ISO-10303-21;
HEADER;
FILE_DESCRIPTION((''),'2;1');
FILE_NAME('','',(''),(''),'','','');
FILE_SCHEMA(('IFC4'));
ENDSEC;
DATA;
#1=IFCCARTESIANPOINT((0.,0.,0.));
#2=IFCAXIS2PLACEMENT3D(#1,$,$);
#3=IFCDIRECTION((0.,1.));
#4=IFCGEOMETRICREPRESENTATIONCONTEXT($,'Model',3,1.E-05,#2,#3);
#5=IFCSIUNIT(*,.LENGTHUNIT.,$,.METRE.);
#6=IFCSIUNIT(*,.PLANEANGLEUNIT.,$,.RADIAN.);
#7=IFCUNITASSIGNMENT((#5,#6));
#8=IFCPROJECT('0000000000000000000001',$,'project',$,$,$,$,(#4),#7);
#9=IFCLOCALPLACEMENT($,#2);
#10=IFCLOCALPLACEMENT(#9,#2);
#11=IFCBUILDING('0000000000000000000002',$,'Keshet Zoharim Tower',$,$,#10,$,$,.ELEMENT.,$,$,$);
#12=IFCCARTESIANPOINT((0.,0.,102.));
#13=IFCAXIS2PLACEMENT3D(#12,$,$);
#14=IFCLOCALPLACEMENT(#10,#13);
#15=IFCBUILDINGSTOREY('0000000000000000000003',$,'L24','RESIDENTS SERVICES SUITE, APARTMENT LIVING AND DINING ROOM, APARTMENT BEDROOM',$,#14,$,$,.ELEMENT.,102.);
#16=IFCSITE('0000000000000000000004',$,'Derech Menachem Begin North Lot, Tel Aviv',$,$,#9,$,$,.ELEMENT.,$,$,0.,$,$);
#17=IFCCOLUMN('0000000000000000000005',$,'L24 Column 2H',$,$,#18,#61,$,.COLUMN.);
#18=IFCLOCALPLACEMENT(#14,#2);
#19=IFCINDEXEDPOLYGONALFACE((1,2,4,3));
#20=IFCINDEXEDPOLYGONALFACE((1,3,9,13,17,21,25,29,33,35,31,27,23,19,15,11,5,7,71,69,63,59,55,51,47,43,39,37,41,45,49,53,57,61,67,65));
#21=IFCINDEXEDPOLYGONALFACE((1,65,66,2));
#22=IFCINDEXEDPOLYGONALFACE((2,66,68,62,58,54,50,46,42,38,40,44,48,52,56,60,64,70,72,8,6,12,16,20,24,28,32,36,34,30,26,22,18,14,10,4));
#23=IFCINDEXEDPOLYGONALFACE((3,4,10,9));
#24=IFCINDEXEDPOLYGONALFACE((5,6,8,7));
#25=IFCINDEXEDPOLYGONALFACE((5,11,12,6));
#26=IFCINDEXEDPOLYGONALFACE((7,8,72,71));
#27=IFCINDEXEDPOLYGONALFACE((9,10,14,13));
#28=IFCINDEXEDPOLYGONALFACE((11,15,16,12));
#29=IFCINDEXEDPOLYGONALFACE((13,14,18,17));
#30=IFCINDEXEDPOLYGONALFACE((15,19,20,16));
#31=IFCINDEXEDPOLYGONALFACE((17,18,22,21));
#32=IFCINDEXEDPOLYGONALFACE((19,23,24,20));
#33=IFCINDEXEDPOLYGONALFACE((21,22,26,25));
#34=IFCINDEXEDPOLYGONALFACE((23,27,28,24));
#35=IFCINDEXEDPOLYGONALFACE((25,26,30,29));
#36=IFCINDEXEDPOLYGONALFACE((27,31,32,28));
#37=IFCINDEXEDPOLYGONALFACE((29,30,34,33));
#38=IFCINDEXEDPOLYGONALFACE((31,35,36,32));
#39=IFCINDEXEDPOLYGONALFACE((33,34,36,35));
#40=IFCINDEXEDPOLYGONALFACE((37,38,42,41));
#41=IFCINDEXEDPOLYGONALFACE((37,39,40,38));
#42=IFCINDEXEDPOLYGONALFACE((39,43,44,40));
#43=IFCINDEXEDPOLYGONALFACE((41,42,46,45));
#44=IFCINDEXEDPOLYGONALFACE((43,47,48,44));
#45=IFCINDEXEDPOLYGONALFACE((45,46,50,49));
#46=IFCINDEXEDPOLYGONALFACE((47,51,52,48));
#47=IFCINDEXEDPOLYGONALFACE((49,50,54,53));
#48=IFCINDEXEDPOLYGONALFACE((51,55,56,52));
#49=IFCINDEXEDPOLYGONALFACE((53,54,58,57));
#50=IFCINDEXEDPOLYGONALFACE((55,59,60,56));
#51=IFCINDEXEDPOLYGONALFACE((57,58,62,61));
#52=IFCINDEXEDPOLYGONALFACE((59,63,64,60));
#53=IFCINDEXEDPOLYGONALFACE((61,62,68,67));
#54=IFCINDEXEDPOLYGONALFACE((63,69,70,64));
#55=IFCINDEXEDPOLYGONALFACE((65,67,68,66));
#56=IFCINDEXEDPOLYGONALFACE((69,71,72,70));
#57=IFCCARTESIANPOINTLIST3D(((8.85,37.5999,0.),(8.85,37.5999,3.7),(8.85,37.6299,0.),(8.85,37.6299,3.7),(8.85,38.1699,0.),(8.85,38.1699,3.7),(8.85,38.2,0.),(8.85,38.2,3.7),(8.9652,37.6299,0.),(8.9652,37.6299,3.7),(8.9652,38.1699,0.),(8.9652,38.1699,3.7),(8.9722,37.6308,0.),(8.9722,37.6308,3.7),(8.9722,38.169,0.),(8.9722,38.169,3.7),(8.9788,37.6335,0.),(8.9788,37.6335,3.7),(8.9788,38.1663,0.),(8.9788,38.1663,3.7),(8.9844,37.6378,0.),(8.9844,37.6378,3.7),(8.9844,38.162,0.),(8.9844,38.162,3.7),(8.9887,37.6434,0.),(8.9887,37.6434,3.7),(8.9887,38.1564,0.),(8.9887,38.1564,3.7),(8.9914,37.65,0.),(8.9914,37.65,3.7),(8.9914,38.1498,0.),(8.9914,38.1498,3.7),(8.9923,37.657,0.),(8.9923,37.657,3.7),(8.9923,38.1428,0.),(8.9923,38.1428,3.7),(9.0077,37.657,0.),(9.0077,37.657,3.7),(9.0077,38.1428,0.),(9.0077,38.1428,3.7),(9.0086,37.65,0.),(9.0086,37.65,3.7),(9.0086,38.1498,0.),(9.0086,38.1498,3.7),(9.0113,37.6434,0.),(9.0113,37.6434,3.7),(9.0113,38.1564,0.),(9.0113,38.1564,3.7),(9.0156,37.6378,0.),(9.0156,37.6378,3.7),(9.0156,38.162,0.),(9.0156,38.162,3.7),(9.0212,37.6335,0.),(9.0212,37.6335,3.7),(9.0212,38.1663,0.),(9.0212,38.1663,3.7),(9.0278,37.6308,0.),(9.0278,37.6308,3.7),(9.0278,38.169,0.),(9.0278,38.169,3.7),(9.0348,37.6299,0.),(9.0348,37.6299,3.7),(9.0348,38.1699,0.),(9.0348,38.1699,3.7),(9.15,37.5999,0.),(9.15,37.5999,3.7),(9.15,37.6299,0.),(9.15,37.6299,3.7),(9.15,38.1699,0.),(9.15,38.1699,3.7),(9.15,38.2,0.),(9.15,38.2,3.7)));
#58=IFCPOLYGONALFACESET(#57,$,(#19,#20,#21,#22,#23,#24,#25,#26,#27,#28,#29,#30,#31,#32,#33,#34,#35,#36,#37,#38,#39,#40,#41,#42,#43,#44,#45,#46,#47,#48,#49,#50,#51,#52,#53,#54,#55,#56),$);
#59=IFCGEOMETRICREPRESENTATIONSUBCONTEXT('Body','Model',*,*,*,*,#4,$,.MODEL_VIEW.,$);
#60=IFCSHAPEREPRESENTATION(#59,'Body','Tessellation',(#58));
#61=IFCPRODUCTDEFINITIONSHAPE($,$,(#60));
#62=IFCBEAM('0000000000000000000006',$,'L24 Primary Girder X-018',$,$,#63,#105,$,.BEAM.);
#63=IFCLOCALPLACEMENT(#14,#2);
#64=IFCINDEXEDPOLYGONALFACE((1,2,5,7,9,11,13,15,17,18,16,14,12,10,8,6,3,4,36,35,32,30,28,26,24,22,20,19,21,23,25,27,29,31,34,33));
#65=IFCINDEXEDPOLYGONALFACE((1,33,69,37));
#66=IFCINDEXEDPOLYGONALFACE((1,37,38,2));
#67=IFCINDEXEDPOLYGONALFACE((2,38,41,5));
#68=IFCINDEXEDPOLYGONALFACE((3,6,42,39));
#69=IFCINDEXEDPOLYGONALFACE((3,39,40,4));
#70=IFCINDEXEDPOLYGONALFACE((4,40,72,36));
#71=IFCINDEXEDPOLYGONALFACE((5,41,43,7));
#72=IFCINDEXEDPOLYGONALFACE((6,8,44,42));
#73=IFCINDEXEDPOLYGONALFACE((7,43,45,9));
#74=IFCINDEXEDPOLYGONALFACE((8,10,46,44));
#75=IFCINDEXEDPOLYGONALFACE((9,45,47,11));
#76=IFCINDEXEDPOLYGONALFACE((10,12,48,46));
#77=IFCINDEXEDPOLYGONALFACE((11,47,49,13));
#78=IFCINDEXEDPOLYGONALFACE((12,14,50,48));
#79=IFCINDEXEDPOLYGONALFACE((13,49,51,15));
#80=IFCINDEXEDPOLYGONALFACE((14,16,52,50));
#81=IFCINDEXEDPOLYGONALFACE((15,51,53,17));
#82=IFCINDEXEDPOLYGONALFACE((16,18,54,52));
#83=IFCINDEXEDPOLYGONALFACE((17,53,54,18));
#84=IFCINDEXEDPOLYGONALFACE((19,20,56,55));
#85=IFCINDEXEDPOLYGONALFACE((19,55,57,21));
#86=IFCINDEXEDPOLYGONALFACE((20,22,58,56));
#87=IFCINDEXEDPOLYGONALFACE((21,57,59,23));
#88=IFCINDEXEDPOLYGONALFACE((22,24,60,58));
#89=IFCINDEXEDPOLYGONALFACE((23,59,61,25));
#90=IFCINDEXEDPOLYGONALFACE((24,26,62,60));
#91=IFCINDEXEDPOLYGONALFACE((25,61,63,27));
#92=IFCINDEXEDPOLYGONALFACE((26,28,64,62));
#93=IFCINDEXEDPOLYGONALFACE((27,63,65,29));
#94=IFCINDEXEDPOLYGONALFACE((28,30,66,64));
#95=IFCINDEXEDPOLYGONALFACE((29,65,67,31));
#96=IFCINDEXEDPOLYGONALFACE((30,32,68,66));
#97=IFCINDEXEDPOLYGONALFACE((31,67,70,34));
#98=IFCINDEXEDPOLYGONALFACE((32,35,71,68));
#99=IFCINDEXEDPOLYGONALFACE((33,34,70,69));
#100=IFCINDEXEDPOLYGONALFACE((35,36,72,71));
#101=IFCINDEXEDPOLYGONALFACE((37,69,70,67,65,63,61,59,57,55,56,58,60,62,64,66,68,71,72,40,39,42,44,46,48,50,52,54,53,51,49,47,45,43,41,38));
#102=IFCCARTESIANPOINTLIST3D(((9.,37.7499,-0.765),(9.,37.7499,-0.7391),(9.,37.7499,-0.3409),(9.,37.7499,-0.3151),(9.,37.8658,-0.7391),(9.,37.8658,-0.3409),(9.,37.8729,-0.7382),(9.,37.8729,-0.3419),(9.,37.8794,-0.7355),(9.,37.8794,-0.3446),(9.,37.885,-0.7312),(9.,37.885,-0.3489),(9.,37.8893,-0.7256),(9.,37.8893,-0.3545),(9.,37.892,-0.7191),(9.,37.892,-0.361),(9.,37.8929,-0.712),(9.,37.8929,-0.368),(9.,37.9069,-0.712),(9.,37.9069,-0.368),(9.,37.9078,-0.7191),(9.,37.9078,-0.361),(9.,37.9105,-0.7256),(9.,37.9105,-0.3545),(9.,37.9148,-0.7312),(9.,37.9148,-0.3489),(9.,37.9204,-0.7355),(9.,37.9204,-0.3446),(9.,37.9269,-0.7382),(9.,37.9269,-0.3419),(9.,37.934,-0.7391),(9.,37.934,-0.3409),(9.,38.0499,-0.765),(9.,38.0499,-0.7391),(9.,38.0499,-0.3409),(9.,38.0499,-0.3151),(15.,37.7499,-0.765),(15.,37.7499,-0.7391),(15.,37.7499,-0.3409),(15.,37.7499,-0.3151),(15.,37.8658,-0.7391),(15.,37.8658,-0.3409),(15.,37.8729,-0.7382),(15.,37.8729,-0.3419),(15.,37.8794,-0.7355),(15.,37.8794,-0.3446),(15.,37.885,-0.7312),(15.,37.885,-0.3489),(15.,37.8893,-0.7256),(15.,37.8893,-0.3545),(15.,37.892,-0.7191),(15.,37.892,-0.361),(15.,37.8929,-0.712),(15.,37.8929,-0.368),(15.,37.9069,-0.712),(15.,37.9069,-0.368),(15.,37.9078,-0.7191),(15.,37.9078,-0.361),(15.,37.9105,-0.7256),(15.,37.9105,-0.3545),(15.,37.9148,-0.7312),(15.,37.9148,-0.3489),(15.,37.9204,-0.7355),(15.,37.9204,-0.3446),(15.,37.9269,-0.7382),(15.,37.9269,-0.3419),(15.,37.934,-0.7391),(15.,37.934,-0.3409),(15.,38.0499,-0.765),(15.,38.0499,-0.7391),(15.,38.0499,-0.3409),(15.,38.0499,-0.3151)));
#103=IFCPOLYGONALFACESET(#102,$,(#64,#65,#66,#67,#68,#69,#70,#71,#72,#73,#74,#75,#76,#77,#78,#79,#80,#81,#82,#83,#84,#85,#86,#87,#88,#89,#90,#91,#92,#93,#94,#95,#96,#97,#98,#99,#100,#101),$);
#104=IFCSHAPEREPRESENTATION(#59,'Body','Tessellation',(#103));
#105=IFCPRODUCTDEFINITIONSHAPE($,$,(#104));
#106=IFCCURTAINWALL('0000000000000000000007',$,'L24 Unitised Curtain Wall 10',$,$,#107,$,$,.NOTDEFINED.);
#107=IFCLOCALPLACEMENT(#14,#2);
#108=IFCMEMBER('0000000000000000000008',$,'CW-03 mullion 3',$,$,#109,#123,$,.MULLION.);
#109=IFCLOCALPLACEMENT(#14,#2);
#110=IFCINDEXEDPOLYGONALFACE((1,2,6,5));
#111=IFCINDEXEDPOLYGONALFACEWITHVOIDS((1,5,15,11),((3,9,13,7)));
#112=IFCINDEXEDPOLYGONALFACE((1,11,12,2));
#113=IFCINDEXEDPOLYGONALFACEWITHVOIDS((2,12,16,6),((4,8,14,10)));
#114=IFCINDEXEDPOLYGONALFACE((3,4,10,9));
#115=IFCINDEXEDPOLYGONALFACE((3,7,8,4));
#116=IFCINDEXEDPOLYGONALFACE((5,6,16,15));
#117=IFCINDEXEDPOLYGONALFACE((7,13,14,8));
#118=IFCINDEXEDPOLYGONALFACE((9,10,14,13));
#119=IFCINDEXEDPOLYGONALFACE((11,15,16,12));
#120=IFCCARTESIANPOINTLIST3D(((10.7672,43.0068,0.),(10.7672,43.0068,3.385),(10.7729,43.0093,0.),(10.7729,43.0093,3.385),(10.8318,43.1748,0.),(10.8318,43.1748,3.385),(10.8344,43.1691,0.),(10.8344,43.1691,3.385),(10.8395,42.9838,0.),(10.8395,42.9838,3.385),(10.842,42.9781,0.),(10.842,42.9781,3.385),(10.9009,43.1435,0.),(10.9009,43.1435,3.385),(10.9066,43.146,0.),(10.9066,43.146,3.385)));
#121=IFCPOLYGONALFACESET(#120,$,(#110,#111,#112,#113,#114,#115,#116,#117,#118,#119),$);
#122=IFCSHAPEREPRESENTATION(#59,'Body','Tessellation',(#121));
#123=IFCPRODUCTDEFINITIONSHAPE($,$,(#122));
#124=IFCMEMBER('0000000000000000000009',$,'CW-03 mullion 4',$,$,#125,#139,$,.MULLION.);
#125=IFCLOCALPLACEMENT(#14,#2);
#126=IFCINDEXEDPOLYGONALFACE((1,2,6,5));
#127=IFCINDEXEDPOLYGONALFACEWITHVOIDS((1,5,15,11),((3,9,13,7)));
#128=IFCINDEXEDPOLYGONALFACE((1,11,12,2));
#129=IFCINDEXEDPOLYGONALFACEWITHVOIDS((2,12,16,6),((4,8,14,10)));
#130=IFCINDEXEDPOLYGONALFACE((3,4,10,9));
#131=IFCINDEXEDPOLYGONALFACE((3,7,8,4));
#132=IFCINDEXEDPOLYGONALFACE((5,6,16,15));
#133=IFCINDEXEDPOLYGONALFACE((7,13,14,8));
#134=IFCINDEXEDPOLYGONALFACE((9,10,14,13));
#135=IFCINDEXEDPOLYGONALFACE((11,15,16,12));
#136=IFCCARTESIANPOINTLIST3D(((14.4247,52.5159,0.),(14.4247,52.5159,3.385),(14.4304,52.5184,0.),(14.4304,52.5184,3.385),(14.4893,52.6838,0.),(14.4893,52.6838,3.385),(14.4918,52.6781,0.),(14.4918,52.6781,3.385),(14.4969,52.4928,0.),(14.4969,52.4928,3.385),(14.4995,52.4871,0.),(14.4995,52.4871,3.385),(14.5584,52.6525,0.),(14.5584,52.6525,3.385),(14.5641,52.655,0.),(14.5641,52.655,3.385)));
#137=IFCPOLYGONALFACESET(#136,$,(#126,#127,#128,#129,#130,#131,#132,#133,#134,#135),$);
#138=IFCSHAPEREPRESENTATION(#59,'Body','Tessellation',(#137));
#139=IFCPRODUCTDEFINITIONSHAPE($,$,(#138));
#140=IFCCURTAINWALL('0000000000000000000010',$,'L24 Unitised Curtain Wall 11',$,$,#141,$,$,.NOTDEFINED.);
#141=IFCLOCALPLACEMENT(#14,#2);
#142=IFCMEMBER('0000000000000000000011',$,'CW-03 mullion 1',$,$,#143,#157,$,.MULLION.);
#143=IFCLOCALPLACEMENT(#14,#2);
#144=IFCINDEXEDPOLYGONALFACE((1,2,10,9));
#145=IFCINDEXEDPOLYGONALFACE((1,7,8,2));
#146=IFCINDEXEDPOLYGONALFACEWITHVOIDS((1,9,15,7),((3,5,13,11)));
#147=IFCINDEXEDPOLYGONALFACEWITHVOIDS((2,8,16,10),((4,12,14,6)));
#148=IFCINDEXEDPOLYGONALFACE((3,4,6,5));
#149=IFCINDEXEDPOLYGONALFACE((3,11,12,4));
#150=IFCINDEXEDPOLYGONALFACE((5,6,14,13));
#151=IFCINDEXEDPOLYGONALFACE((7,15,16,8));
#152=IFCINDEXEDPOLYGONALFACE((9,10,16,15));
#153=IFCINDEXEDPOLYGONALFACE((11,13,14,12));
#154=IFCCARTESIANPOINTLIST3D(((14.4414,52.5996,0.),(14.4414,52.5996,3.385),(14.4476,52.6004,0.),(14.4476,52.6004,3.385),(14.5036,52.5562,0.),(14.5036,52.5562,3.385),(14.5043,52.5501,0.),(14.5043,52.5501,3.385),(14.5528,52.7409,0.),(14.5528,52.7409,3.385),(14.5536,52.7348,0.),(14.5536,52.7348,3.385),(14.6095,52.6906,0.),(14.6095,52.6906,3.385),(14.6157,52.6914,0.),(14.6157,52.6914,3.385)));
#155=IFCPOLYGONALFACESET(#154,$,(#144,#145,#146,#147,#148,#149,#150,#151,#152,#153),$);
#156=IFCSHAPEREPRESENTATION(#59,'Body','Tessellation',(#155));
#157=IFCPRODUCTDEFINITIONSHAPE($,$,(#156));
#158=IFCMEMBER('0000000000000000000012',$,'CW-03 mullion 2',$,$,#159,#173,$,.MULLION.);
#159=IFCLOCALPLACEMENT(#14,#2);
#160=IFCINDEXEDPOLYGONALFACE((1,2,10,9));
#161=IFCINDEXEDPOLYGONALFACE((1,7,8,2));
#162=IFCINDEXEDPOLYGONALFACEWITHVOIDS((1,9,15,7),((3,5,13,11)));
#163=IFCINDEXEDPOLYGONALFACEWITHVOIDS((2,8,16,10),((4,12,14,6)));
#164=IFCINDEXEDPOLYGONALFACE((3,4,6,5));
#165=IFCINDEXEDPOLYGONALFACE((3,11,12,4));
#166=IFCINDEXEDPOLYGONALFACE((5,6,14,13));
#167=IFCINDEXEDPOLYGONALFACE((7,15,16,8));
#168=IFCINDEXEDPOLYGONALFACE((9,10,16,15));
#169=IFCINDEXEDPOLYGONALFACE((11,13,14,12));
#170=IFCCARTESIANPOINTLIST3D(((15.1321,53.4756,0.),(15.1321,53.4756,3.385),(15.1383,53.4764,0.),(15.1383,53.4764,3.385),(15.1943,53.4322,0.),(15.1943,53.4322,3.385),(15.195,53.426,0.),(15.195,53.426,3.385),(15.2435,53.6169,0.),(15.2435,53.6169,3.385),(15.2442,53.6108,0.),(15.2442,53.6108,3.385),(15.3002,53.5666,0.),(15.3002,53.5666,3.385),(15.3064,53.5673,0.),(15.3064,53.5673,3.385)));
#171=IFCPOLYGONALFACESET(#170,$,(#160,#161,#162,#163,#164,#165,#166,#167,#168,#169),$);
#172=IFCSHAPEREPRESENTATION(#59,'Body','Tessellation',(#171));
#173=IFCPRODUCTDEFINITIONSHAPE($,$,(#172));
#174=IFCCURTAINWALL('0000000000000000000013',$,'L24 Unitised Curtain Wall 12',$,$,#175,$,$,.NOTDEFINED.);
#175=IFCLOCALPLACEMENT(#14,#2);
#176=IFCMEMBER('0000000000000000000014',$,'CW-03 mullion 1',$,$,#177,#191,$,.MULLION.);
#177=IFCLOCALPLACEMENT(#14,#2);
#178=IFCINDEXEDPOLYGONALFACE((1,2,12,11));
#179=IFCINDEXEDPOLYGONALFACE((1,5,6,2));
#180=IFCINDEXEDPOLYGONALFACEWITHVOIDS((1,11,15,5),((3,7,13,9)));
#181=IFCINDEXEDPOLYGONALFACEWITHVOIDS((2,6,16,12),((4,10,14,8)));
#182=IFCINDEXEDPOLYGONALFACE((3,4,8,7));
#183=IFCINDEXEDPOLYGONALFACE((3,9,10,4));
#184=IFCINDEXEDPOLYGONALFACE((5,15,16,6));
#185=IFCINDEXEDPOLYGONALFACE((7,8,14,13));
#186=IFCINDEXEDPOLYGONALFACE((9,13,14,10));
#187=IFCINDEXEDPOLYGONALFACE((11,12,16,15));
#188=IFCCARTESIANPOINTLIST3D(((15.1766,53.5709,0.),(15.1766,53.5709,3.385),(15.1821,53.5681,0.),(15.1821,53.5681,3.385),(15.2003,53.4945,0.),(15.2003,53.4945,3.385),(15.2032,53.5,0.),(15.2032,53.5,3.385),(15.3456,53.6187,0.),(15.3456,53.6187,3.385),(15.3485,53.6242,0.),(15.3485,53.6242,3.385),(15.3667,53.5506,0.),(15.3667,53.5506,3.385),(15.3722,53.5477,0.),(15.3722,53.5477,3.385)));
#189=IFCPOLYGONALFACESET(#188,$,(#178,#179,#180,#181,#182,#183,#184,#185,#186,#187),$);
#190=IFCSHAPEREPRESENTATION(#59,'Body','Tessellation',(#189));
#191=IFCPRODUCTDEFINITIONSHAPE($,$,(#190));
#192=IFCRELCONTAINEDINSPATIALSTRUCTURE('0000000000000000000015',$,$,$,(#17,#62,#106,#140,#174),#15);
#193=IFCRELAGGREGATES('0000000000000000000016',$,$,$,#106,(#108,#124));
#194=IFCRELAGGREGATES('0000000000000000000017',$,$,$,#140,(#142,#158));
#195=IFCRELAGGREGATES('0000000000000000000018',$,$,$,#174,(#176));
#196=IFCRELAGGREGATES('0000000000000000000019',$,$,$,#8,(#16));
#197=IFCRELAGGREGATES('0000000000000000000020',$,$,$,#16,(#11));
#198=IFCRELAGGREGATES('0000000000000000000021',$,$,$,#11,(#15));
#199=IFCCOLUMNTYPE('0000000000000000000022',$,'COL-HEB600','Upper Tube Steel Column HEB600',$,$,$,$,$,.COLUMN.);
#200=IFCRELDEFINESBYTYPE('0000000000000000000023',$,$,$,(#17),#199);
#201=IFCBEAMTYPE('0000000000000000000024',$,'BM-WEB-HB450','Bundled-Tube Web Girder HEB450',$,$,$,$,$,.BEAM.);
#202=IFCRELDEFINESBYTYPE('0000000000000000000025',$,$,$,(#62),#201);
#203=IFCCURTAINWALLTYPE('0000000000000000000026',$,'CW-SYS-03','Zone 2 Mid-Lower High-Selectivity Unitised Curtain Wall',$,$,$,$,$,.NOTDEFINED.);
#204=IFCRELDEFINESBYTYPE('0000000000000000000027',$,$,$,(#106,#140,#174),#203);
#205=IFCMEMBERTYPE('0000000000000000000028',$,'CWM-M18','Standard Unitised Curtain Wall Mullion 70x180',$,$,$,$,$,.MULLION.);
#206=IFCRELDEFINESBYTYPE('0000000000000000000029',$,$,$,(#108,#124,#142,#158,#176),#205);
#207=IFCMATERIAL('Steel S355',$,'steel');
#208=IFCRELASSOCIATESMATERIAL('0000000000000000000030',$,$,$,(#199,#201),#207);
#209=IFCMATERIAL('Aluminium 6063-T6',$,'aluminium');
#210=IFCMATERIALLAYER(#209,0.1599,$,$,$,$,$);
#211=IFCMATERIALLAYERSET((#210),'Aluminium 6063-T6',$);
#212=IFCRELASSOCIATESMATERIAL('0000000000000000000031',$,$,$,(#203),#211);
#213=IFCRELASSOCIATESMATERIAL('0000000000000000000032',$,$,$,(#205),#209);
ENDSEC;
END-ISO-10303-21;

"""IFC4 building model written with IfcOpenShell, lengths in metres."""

from ifc_helpers import new_model, si_unit, direction, frame, origin, origin_2d, place, context, subcontext, project, spatial, hollow_rectangle, i_section, extrude, material, layer, layer_set, material_profile, profile_set, type_object, element, aggregate, save


model = new_model("IFC4")

# Units and contexts
model_context = context("Model", 3, precision=1e-05, world=origin(), true_north=direction((0.0, 1.0)))
body_context = subcontext(model_context, "Body", "Model", "MODEL_VIEW")
ifc_project = project(units=[si_unit("LENGTHUNIT", "METRE"), si_unit("PLANEANGLEUNIT", "RADIAN")], contexts=[model_context])

# Site, building, storey
site_placement = place(None, origin())
site = spatial("IfcSite", under=ifc_project, at=site_placement, Name="Derech Menachem Begin North Lot, Tel Aviv", CompositionType="ELEMENT", RefElevation=0.0)
building_placement = place(site_placement, origin())
building = spatial("IfcBuilding", under=site, at=building_placement, Name="Keshet Zoharim Tower", CompositionType="ELEMENT")
storey_placement = place(building_placement, frame((0.0, 0.0, 102.0)))
storey = spatial("IfcBuildingStorey", under=building, at=storey_placement, Name="L24", Description="RESIDENTS SERVICES SUITE, APARTMENT LIVING AND DINING ROOM, APARTMENT BEDROOM", CompositionType="ELEMENT", Elevation=102.0)

# Column
ifc_material_1 = material(Name="Steel S355", Category="steel")
ifc_material_profile_1 = material_profile(ifc_material_1, i_section(OverallWidth=0.3, OverallDepth=0.6001, WebThickness=0.0154, FlangeThickness=0.03, FilletRadius=0.0271, at=origin_2d()), Name="HEB600")
ifc_profile_set_1 = profile_set([ifc_material_profile_1], Name="Steel S355")
column_type = type_object("IfcColumnType", Name="COL-HEB600", Description="Upper Tube Steel Column HEB600", PredefinedType="COLUMN", material=ifc_profile_set_1)
column_placement = place(storey_placement, frame((9.0, 37.8999, 0.0), z_axis=(0.0, 0.0, 1.0), x_axis=(1.0, 0.0, 0.0)))
element("IfcColumn", 1, at=column_placement, inside=storey, type_object=column_type, Name="L24 Column 2H", PredefinedType="COLUMN", context=body_context, shape_type="SweptSolid", body=[
    extrude(i_section(OverallWidth=0.3, OverallDepth=0.6001, WebThickness=0.0154, FlangeThickness=0.03, FilletRadius=0.0271, at=origin_2d()), origin(), (0.0, 0.0, 1.0), 3.7),
])

# Beam
ifc_material_profile_2 = material_profile(ifc_material_1, i_section(OverallWidth=0.3, OverallDepth=0.45, WebThickness=0.0139, FlangeThickness=0.0259, FilletRadius=0.0271, at=origin_2d()), Name="HEB450")
ifc_profile_set_2 = profile_set([ifc_material_profile_2], Name="Steel S355")
beam_type = type_object("IfcBeamType", Name="BM-WEB-HB450", Description="Bundled-Tube Web Girder HEB450", PredefinedType="BEAM", material=ifc_profile_set_2)
beam_placement = place(storey_placement, frame((9.0, 37.8999, -0.54), z_axis=(1.0, 0.0, 0.0), x_axis=(0.0, 1.0, 0.0)))
element("IfcBeam", 2, at=beam_placement, inside=storey, type_object=beam_type, Name="L24 Primary Girder X-018", PredefinedType="BEAM", context=body_context, shape_type="SweptSolid", body=[
    extrude(i_section(OverallWidth=0.3, OverallDepth=0.45, WebThickness=0.0139, FlangeThickness=0.0259, FilletRadius=0.0271, at=origin_2d()), origin(), (0.0, 0.0, 1.0), 6.0),
])

# Curtain walls, members
ifc_material_2 = material(Name="Aluminium 6063-T6", Category="aluminium")
ifc_layer_1 = layer(ifc_material_2, 0.1599)
ifc_layer_set_1 = layer_set([ifc_layer_1], Name="Aluminium 6063-T6")
curtain_wall_type = type_object("IfcCurtainWallType", Name="CW-SYS-03", Description="Zone 2 Mid-Lower High-Selectivity Unitised Curtain Wall", PredefinedType="NOTDEFINED", material=ifc_layer_set_1)
curtain_wall_1_placement = place(storey_placement, origin())
curtain_wall_1 = element("IfcCurtainWall", 3, at=curtain_wall_1_placement, inside=storey, type_object=curtain_wall_type, Name="L24 Unitised Curtain Wall 10", PredefinedType="NOTDEFINED")
ifc_material_profile_3 = material_profile(ifc_material_2, hollow_rectangle(XDim=0.0801, YDim=0.1799, WallThickness=0.0044, at=origin_2d()), Name="MUL-80x180")
ifc_profile_set_3 = profile_set([ifc_material_profile_3], Name="Aluminium 6063-T6")
member_type_1 = type_object("IfcMemberType", Name="CWM-M18", Description="Standard Unitised Curtain Wall Mullion 70x180", PredefinedType="MULLION", material=ifc_profile_set_3)
member_1_placement = place(storey_placement, frame((10.8369, 43.0764, 0.0), z_axis=(0.0, 0.0, 1.0), x_axis=(-0.933341, 0.35899, 0.0)))
member_1 = element("IfcMember", 4, at=member_1_placement, type_object=member_type_1, Name="CW-03 mullion 3", PredefinedType="MULLION", context=body_context, shape_type="SweptSolid", body=[
    extrude(hollow_rectangle(XDim=0.0801, YDim=0.1799, WallThickness=0.0044, at=origin_2d()), origin(), (0.0, 0.0, 1.0), 3.385),
])
member_2_placement = place(storey_placement, frame((14.4944, 52.5854, 0.0), z_axis=(0.0, 0.0, 1.0), x_axis=(-0.933341, 0.35899, 0.0)))
member_2 = element("IfcMember", 5, at=member_2_placement, type_object=member_type_1, Name="CW-03 mullion 4", PredefinedType="MULLION", context=body_context, shape_type="SweptSolid", body=[
    extrude(hollow_rectangle(XDim=0.0801, YDim=0.1799, WallThickness=0.0044, at=origin_2d()), origin(), (0.0, 0.0, 1.0), 3.385),
])
curtain_wall_2_placement = place(storey_placement, origin())
curtain_wall_2 = element("IfcCurtainWall", 6, at=curtain_wall_2_placement, inside=storey, type_object=curtain_wall_type, Name="L24 Unitised Curtain Wall 11", PredefinedType="NOTDEFINED")
member_3_placement = place(storey_placement, frame((14.5286, 52.6455, 0.0), z_axis=(0.0, 0.0, 1.0), x_axis=(-0.785293, 0.619125, 0.0)))
member_3 = element("IfcMember", 7, at=member_3_placement, type_object=member_type_1, Name="CW-03 mullion 1", PredefinedType="MULLION", context=body_context, shape_type="SweptSolid", body=[
    extrude(hollow_rectangle(XDim=0.0801, YDim=0.1799, WallThickness=0.0044, at=origin_2d()), origin(), (0.0, 0.0, 1.0), 3.385),
])
member_4_placement = place(storey_placement, frame((15.2192, 53.5215, 0.0), z_axis=(0.0, 0.0, 1.0), x_axis=(-0.785293, 0.619125, 0.0)))
member_4 = element("IfcMember", 8, at=member_4_placement, type_object=member_type_1, Name="CW-03 mullion 2", PredefinedType="MULLION", context=body_context, shape_type="SweptSolid", body=[
    extrude(hollow_rectangle(XDim=0.0801, YDim=0.1799, WallThickness=0.0044, at=origin_2d()), origin(), (0.0, 0.0, 1.0), 3.385),
])
curtain_wall_3_placement = place(storey_placement, origin())
curtain_wall_3 = element("IfcCurtainWall", 9, at=curtain_wall_3_placement, inside=storey, type_object=curtain_wall_type, Name="L24 Unitised Curtain Wall 12", PredefinedType="NOTDEFINED")
member_5_placement = place(storey_placement, frame((15.2744, 53.5593, 0.0), z_axis=(0.0, 0.0, 1.0), x_axis=(-0.295922, 0.955212, 0.0)))
member_5 = element("IfcMember", 10, at=member_5_placement, type_object=member_type_1, Name="CW-03 mullion 1", PredefinedType="MULLION", context=body_context, shape_type="SweptSolid", body=[
    extrude(hollow_rectangle(XDim=0.0801, YDim=0.1799, WallThickness=0.0044, at=origin_2d()), origin(), (0.0, 0.0, 1.0), 3.385),
])

aggregate(curtain_wall_1, [member_1, member_2])
aggregate(curtain_wall_2, [member_3, member_4])
aggregate(curtain_wall_3, [member_5])

save(model, "model.ifc")
